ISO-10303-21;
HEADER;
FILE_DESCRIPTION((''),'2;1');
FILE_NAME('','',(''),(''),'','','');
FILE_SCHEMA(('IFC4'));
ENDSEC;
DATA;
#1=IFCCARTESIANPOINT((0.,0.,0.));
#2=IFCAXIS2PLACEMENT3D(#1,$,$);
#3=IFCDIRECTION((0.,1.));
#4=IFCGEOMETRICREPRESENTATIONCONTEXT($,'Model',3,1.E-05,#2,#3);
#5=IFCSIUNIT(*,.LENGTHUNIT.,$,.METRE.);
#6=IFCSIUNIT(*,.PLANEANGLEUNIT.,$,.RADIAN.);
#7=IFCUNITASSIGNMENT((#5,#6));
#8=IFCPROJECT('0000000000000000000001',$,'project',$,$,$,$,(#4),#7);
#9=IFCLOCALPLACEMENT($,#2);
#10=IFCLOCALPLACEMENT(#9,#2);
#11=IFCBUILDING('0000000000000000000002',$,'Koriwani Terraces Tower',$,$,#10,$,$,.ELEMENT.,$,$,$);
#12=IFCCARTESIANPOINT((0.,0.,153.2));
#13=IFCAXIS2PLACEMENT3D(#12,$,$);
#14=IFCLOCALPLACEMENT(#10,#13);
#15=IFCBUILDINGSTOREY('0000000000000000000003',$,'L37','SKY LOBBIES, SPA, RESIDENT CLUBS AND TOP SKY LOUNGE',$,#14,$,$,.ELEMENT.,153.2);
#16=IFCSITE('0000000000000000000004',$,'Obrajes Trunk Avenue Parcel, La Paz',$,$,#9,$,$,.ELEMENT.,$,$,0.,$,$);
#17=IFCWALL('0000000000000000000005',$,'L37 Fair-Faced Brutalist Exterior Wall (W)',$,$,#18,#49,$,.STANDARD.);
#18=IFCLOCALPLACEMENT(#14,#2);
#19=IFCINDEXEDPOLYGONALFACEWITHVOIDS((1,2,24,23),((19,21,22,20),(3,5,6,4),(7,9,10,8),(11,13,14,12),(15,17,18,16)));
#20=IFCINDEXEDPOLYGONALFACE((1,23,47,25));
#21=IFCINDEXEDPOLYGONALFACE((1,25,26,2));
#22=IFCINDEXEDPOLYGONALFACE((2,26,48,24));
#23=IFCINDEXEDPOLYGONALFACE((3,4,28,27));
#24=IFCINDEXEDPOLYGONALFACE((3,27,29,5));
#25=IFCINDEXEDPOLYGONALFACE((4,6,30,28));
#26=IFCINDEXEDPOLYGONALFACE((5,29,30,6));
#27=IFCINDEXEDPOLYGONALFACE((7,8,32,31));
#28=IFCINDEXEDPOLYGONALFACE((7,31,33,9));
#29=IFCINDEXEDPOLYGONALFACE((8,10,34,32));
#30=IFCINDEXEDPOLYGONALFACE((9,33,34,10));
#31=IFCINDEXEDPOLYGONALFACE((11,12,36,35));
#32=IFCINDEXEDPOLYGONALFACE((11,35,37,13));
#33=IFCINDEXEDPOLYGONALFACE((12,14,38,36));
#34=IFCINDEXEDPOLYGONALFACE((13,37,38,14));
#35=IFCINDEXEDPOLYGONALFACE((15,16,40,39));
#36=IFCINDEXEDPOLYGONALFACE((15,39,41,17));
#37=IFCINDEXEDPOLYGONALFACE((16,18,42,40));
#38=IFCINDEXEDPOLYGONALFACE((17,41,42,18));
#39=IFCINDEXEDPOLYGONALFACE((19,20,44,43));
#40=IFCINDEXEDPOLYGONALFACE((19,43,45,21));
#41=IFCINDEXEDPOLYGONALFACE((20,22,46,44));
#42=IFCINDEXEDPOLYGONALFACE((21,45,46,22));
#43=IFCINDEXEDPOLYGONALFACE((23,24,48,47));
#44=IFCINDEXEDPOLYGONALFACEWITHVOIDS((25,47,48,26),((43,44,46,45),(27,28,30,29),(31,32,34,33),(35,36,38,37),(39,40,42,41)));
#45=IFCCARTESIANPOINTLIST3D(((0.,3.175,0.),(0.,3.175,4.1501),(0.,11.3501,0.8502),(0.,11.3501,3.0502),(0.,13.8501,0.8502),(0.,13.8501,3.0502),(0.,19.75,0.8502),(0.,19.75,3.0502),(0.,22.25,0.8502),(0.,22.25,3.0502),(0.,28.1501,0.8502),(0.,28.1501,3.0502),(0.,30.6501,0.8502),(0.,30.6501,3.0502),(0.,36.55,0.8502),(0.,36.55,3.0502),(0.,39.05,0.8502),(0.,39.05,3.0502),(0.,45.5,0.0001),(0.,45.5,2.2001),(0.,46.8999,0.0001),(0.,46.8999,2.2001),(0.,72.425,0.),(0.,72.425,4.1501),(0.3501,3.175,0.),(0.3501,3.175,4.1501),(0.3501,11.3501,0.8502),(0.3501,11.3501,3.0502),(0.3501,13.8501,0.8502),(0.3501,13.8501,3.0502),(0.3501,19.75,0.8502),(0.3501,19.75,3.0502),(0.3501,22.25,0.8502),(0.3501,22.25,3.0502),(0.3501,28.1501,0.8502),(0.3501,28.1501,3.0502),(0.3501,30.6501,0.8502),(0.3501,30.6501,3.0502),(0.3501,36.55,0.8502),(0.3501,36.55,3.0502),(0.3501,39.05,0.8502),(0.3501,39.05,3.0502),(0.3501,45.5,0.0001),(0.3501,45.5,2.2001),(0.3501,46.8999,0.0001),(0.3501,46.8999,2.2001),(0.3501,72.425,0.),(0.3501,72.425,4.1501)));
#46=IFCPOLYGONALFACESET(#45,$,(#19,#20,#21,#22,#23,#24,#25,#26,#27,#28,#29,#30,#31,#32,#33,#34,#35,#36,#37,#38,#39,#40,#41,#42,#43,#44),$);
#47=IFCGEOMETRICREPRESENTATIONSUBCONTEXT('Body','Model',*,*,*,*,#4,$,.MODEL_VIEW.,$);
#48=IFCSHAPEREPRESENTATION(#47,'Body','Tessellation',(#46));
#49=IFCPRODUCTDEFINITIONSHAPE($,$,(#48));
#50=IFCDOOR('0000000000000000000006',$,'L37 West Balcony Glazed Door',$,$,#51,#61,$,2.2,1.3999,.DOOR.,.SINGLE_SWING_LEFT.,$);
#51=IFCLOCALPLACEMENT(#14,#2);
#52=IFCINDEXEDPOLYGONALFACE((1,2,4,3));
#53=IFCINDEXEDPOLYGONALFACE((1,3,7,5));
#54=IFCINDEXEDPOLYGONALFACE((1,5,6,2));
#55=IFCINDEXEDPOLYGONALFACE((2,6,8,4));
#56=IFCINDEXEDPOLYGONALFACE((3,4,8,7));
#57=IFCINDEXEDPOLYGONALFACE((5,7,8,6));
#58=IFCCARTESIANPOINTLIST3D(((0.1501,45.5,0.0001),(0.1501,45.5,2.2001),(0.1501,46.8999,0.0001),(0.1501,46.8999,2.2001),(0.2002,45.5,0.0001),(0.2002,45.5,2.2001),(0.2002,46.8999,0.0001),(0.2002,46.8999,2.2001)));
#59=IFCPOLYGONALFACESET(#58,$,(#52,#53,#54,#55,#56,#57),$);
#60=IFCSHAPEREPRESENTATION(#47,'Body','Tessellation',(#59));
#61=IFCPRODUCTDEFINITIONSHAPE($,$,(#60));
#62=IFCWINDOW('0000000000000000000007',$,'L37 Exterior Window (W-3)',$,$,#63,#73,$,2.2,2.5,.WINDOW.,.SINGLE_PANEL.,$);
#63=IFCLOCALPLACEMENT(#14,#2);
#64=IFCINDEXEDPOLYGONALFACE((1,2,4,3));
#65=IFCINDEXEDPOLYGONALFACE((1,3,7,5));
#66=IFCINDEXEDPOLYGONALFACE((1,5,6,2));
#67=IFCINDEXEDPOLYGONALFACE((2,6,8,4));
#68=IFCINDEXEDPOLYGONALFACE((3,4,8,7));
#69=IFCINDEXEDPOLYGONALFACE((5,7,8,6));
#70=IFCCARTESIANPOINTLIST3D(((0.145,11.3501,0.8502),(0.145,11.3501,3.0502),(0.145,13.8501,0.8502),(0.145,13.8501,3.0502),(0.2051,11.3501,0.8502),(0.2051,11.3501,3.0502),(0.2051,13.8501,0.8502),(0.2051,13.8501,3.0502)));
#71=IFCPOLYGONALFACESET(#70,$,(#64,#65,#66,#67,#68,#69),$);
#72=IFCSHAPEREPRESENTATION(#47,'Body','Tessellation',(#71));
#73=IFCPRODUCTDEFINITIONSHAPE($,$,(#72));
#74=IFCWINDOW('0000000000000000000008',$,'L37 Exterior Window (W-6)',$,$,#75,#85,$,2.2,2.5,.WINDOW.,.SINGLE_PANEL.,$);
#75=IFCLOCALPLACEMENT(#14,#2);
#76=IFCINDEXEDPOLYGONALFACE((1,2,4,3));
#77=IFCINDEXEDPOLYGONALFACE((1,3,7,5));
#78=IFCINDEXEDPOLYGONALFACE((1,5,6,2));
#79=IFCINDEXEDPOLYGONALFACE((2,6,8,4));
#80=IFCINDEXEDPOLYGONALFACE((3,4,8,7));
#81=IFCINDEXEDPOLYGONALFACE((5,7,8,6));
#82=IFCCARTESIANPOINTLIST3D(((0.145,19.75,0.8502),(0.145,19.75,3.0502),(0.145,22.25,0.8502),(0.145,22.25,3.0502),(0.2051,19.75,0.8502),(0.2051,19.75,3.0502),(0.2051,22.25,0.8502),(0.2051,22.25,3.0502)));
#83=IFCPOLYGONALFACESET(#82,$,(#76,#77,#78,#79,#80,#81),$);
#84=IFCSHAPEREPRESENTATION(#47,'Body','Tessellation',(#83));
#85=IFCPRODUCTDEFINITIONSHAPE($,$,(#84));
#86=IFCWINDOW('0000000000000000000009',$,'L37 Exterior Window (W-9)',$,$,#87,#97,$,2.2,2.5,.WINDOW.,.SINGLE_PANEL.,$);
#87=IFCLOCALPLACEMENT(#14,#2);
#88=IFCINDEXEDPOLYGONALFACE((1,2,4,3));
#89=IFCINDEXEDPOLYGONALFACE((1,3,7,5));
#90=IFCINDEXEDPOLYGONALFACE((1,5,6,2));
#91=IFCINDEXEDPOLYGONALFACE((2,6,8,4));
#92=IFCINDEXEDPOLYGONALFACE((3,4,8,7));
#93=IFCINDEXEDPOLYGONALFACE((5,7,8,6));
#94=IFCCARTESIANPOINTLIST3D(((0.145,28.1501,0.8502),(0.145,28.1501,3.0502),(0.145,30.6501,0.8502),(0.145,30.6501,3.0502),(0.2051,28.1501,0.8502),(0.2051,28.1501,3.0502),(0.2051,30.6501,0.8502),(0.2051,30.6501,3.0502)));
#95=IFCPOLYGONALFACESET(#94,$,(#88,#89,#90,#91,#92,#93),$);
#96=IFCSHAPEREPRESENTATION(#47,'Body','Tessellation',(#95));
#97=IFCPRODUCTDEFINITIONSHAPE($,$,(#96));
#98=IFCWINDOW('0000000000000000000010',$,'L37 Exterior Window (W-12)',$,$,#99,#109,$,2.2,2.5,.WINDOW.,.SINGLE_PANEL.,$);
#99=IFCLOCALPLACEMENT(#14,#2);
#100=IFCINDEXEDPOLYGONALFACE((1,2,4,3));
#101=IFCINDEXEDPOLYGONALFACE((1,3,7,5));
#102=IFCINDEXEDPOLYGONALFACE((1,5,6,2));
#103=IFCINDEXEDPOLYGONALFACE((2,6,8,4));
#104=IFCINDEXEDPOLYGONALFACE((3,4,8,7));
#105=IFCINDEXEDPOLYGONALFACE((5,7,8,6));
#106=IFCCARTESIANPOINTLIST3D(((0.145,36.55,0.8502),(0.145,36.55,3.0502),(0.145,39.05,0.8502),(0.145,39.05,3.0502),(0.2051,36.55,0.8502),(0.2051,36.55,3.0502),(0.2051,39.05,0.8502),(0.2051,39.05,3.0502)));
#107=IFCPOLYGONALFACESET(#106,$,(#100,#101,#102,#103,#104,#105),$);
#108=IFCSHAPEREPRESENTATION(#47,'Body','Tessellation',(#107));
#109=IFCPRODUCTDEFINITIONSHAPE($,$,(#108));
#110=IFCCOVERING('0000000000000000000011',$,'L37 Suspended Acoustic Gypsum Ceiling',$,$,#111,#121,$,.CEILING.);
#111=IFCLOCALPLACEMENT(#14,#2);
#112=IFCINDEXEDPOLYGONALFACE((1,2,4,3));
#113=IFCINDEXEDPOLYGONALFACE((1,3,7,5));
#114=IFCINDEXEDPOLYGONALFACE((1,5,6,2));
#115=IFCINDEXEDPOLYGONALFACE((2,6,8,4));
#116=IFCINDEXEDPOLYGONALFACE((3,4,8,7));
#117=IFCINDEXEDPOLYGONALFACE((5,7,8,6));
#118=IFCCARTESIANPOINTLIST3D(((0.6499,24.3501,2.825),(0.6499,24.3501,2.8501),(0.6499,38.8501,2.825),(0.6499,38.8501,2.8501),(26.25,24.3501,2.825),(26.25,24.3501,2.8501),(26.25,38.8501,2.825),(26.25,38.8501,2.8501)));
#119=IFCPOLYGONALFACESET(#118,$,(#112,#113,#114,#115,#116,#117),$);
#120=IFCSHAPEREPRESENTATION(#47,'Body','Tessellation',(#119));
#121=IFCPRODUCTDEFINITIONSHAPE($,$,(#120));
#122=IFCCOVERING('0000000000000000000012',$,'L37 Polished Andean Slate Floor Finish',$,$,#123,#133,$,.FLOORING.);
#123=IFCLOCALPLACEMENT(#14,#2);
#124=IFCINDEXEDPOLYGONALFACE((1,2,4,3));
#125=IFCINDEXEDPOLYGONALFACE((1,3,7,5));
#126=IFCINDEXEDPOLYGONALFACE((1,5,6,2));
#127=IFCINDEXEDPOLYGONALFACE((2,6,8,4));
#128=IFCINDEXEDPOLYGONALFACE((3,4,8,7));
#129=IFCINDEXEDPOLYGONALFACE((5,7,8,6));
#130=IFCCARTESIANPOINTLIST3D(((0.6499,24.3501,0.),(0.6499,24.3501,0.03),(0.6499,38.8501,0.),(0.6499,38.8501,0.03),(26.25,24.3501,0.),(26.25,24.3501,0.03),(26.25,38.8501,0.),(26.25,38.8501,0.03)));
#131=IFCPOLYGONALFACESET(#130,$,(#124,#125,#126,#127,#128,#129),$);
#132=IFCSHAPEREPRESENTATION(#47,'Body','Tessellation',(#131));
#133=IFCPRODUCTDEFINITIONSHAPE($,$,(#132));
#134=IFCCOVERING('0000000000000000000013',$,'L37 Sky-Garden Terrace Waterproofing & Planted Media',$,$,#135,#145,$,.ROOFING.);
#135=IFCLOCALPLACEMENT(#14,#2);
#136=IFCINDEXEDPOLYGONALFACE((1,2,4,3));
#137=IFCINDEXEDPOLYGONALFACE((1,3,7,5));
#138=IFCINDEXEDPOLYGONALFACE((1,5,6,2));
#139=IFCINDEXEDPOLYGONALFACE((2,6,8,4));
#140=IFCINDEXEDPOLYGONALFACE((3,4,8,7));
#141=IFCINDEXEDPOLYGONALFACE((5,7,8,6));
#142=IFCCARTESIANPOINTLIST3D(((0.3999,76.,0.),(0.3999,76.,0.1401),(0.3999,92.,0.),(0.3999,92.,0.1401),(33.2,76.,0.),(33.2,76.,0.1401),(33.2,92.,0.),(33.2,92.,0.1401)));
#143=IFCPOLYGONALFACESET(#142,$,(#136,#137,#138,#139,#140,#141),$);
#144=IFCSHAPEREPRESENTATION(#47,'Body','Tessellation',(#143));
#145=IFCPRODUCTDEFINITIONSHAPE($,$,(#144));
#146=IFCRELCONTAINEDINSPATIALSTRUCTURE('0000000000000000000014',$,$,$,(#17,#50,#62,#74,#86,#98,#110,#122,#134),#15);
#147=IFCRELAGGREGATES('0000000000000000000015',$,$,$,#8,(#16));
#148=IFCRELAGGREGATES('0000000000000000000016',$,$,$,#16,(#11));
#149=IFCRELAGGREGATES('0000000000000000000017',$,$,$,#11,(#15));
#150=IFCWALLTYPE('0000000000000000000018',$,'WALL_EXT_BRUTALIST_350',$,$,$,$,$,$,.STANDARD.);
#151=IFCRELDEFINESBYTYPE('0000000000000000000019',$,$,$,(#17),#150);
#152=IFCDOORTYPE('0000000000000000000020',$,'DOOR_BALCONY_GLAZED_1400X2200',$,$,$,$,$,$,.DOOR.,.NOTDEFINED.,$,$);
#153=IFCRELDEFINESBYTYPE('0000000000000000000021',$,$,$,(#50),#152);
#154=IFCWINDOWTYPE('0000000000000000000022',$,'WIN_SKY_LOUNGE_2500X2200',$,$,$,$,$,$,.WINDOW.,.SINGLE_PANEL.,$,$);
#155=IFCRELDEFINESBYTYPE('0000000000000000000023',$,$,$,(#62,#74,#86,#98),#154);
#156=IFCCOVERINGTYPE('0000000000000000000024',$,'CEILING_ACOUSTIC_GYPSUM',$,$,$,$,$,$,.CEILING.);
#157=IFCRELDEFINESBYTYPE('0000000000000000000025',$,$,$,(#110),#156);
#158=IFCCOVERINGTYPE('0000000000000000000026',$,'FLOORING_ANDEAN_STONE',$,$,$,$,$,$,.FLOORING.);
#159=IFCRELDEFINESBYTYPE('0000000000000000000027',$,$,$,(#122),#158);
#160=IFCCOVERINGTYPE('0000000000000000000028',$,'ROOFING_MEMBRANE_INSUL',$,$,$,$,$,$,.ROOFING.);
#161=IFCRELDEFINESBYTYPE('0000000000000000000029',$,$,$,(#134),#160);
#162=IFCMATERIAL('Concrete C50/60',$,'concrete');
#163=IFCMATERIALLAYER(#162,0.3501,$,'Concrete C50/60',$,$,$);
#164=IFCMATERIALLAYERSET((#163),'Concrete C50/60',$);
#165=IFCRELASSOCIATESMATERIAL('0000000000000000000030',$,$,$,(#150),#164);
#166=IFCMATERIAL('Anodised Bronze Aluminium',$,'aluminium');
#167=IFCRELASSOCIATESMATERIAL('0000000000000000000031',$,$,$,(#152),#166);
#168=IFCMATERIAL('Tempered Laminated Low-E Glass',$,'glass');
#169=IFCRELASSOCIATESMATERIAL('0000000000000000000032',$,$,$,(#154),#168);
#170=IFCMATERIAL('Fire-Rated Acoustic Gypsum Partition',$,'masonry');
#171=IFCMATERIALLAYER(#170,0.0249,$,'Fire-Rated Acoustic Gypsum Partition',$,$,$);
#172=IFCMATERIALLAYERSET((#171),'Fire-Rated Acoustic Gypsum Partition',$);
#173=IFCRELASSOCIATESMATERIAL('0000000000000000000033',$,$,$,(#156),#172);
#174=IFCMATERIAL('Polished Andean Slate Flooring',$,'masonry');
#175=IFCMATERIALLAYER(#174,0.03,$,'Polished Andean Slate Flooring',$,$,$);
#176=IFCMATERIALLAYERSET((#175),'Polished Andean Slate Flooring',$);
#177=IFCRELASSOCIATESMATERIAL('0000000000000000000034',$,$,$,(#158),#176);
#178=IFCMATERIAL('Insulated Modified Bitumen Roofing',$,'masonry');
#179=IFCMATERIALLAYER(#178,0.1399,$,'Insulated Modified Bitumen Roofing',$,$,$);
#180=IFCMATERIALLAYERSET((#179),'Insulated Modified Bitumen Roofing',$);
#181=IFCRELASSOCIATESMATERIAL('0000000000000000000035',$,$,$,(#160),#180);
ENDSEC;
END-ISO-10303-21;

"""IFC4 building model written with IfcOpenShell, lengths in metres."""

from ifc_helpers import new_model, si_unit, direction, frame, frame_2d, origin, place, context, subcontext, project, spatial, polyline, rectangle, outline, extrude, material, layer, layer_set, type_object, element, fill, save


model = new_model("IFC4")

# Units and contexts
model_context = context("Model", 3, precision=1e-05, world=origin(), true_north=direction((0.0, 1.0)))
body_context = subcontext(model_context, "Body", "Model", "MODEL_VIEW")
ifc_project = project(units=[si_unit("LENGTHUNIT", "METRE"), si_unit("PLANEANGLEUNIT", "RADIAN")], contexts=[model_context])

# Site, building, storey
site_placement = place(None, origin())
site = spatial("IfcSite", under=ifc_project, at=site_placement, Name="Obrajes Trunk Avenue Parcel, La Paz", CompositionType="ELEMENT", RefElevation=0.0)
building_placement = place(site_placement, origin())
building = spatial("IfcBuilding", under=site, at=building_placement, Name="Koriwani Terraces Tower", CompositionType="ELEMENT")
storey_placement = place(building_placement, frame((0.0, 0.0, 153.2)))
storey = spatial("IfcBuildingStorey", under=building, at=storey_placement, Name="L37", Description="SKY LOBBIES, SPA, RESIDENT CLUBS AND TOP SKY LOUNGE", CompositionType="ELEMENT", Elevation=153.2)

# Shared definitions
ifc_material_1 = material(Name="Concrete C50/60", Category="concrete")

# Shared definitions
ifc_layer_1 = layer(ifc_material_1, 0.3501, Name="Concrete C50/60")
ifc_layer_set_1 = layer_set([ifc_layer_1], Name="Concrete C50/60")
wall_type_1 = type_object("IfcWallType", Name="WALL_EXT_BRUTALIST_350", PredefinedType="STANDARD", material=ifc_layer_set_1)

# Wall, openings, door, windows
wall_1_placement = place(storey_placement, frame((0.175, 3.175, 0.0), z_axis=(0.0, 0.0, 1.0), x_axis=(0.0, 1.0, 0.0)))
wall_1 = element("IfcWall", 1, at=wall_1_placement, inside=storey, type_object=wall_type_1, Name="L37 Fair-Faced Brutalist Exterior Wall (W)", PredefinedType="STANDARD", context=body_context, shape_type="SweptSolid", body=[
    extrude(rectangle(XDim=69.25, YDim=0.3501, at=frame_2d((34.625, 0.0))), origin(), (0.0, 0.0, 1.0), 4.1501),
])
opening_1_placement = place(wall_1_placement, frame((42.325, 0.0, 0.0)))
opening_1 = element("IfcOpeningElement", 2, at=opening_1_placement, cuts=wall_1, PredefinedType="OPENING", context=body_context, shape_type="SweptSolid", body=[
    extrude(rectangle(XDim=1.3999, YDim=2.2, at=frame_2d((0.7, 1.1001))), frame((0.0, 0.1851, 0.0), z_axis=(0.0, -1.0, 0.0), x_axis=(1.0, 0.0, 0.0)), (0.0, 0.0, 1.0), 0.3701),
])
opening_2_placement = place(wall_1_placement, frame((8.175, 0.0, 0.8501)))
opening_2 = element("IfcOpeningElement", 3, at=opening_2_placement, cuts=wall_1, PredefinedType="OPENING", context=body_context, shape_type="SweptSolid", body=[
    extrude(rectangle(XDim=2.5, YDim=2.2, at=frame_2d((1.25, 1.1001))), frame((0.0, 0.1851, 0.0), z_axis=(0.0, -1.0, 0.0), x_axis=(1.0, 0.0, 0.0)), (0.0, 0.0, 1.0), 0.3701),
])
opening_3_placement = place(wall_1_placement, frame((16.575, 0.0, 0.8501)))
opening_3 = element("IfcOpeningElement", 4, at=opening_3_placement, cuts=wall_1, PredefinedType="OPENING", context=body_context, shape_type="SweptSolid", body=[
    extrude(rectangle(XDim=2.5, YDim=2.2, at=frame_2d((1.25, 1.1001))), frame((0.0, 0.1851, 0.0), z_axis=(0.0, -1.0, 0.0), x_axis=(1.0, 0.0, 0.0)), (0.0, 0.0, 1.0), 0.3701),
])
opening_4_placement = place(wall_1_placement, frame((24.9751, 0.0, 0.8501)))
opening_4 = element("IfcOpeningElement", 5, at=opening_4_placement, cuts=wall_1, PredefinedType="OPENING", context=body_context, shape_type="SweptSolid", body=[
    extrude(rectangle(XDim=2.5, YDim=2.2, at=frame_2d((1.25, 1.1001))), frame((0.0, 0.1851, 0.0), z_axis=(0.0, -1.0, 0.0), x_axis=(1.0, 0.0, 0.0)), (0.0, 0.0, 1.0), 0.3701),
])
opening_5_placement = place(wall_1_placement, frame((33.375, 0.0, 0.8501)))
opening_5 = element("IfcOpeningElement", 6, at=opening_5_placement, cuts=wall_1, PredefinedType="OPENING", context=body_context, shape_type="SweptSolid", body=[
    extrude(rectangle(XDim=2.5, YDim=2.2, at=frame_2d((1.25, 1.1001))), frame((0.0, 0.1851, 0.0), z_axis=(0.0, -1.0, 0.0), x_axis=(1.0, 0.0, 0.0)), (0.0, 0.0, 1.0), 0.3701),
])
ifc_material_2 = material(Name="Anodised Bronze Aluminium", Category="aluminium")
door_type = type_object("IfcDoorType", Name="DOOR_BALCONY_GLAZED_1400X2200", OperationType="NOTDEFINED", PredefinedType="DOOR", material=ifc_material_2)
door_placement = place(opening_1_placement, origin())
door = element("IfcDoor", 7, at=door_placement, inside=storey, type_object=door_type, Name="L37 West Balcony Glazed Door", OperationType="SINGLE_SWING_LEFT", OverallHeight=2.2, OverallWidth=1.3999, PredefinedType="DOOR", context=body_context, shape_type="SweptSolid", body=[
    extrude(rectangle(XDim=1.3999, YDim=2.2, at=frame_2d((0.7, 1.1001))), frame((0.0, 0.0249, 0.0), z_axis=(0.0, -1.0, 0.0), x_axis=(1.0, 0.0, 0.0)), (0.0, 0.0, 1.0), 0.05),
])
fill(opening_1, door)
ifc_material_3 = material(Name="Tempered Laminated Low-E Glass", Category="glass")
window_type = type_object("IfcWindowType", Name="WIN_SKY_LOUNGE_2500X2200", PartitioningType="SINGLE_PANEL", PredefinedType="WINDOW", material=ifc_material_3)
window_1_placement = place(opening_2_placement, origin())
window_1 = element("IfcWindow", 8, at=window_1_placement, inside=storey, type_object=window_type, Name="L37 Exterior Window (W-3)", OverallHeight=2.2, OverallWidth=2.5, PartitioningType="SINGLE_PANEL", PredefinedType="WINDOW", context=body_context, shape_type="SweptSolid", body=[
    extrude(rectangle(XDim=2.5, YDim=2.2, at=frame_2d((1.25, 1.1001))), frame((0.0, 0.03, 0.0), z_axis=(0.0, -1.0, 0.0), x_axis=(1.0, 0.0, 0.0)), (0.0, 0.0, 1.0), 0.0601),
])
fill(opening_2, window_1)
window_2_placement = place(opening_3_placement, origin())
window_2 = element("IfcWindow", 9, at=window_2_placement, inside=storey, type_object=window_type, Name="L37 Exterior Window (W-6)", OverallHeight=2.2, OverallWidth=2.5, PartitioningType="SINGLE_PANEL", PredefinedType="WINDOW", context=body_context, shape_type="SweptSolid", body=[
    extrude(rectangle(XDim=2.5, YDim=2.2, at=frame_2d((1.25, 1.1001))), frame((0.0, 0.03, 0.0), z_axis=(0.0, -1.0, 0.0), x_axis=(1.0, 0.0, 0.0)), (0.0, 0.0, 1.0), 0.0601),
])
fill(opening_3, window_2)
window_3_placement = place(opening_4_placement, origin())
window_3 = element("IfcWindow", 10, at=window_3_placement, inside=storey, type_object=window_type, Name="L37 Exterior Window (W-9)", OverallHeight=2.2, OverallWidth=2.5, PartitioningType="SINGLE_PANEL", PredefinedType="WINDOW", context=body_context, shape_type="SweptSolid", body=[
    extrude(rectangle(XDim=2.5, YDim=2.2, at=frame_2d((1.25, 1.1001))), frame((0.0, 0.03, 0.0), z_axis=(0.0, -1.0, 0.0), x_axis=(1.0, 0.0, 0.0)), (0.0, 0.0, 1.0), 0.0601),
])
fill(opening_4, window_3)
window_4_placement = place(opening_5_placement, origin())
window_4 = element("IfcWindow", 11, at=window_4_placement, inside=storey, type_object=window_type, Name="L37 Exterior Window (W-12)", OverallHeight=2.2, OverallWidth=2.5, PartitioningType="SINGLE_PANEL", PredefinedType="WINDOW", context=body_context, shape_type="SweptSolid", body=[
    extrude(rectangle(XDim=2.5, YDim=2.2, at=frame_2d((1.25, 1.1001))), frame((0.0, 0.03, 0.0), z_axis=(0.0, -1.0, 0.0), x_axis=(1.0, 0.0, 0.0)), (0.0, 0.0, 1.0), 0.0601),
])
fill(opening_5, window_4)

# Coverings
ifc_material_4 = material(Name="Fire-Rated Acoustic Gypsum Partition", Category="masonry")
ifc_layer_2 = layer(ifc_material_4, 0.0249, Name="Fire-Rated Acoustic Gypsum Partition")
ifc_layer_set_2 = layer_set([ifc_layer_2], Name="Fire-Rated Acoustic Gypsum Partition")
covering_type_1 = type_object("IfcCoveringType", Name="CEILING_ACOUSTIC_GYPSUM", PredefinedType="CEILING", material=ifc_layer_set_2)
covering_1_placement = place(storey_placement, frame((0.0, 0.0, 2.825)))
element("IfcCovering", 12, at=covering_1_placement, inside=storey, type_object=covering_type_1, Name="L37 Suspended Acoustic Gypsum Ceiling", PredefinedType="CEILING", context=body_context, shape_type="SweptSolid", body=[
    extrude(outline(polyline([(0.6499, 24.3501), (0.6499, 38.8501), (26.25, 38.8501), (26.25, 24.3501), (0.6499, 24.3501)])), origin(), (0.0, 0.0, 1.0), 0.0251),
])
ifc_material_5 = material(Name="Polished Andean Slate Flooring", Category="masonry")
ifc_layer_3 = layer(ifc_material_5, 0.03, Name="Polished Andean Slate Flooring")
ifc_layer_set_3 = layer_set([ifc_layer_3], Name="Polished Andean Slate Flooring")
covering_type_2 = type_object("IfcCoveringType", Name="FLOORING_ANDEAN_STONE", PredefinedType="FLOORING", material=ifc_layer_set_3)
covering_2_placement = place(storey_placement, origin())
element("IfcCovering", 13, at=covering_2_placement, inside=storey, type_object=covering_type_2, Name="L37 Polished Andean Slate Floor Finish", PredefinedType="FLOORING", context=body_context, shape_type="SweptSolid", body=[
    extrude(outline(polyline([(0.6499, 24.3501), (0.6499, 38.8501), (26.25, 38.8501), (26.25, 24.3501), (0.6499, 24.3501)])), origin(), (0.0, 0.0, 1.0), 0.03),
])

# Covering
ifc_material_6 = material(Name="Insulated Modified Bitumen Roofing", Category="masonry")
ifc_layer_4 = layer(ifc_material_6, 0.1399, Name="Insulated Modified Bitumen Roofing")
ifc_layer_set_4 = layer_set([ifc_layer_4], Name="Insulated Modified Bitumen Roofing")
covering_type_3 = type_object("IfcCoveringType", Name="ROOFING_MEMBRANE_INSUL", PredefinedType="ROOFING", material=ifc_layer_set_4)
covering_3_placement = place(storey_placement, origin())
element("IfcCovering", 14, at=covering_3_placement, inside=storey, type_object=covering_type_3, Name="L37 Sky-Garden Terrace Waterproofing & Planted Media", PredefinedType="ROOFING", context=body_context, shape_type="SweptSolid", body=[
    extrude(outline(polyline([(0.3999, 76.0), (0.3999, 92.0), (33.2, 92.0), (33.2, 76.0), (0.3999, 76.0)])), origin(), (0.0, 0.0, 1.0), 0.1401),
])

save(model, "model.ifc")
